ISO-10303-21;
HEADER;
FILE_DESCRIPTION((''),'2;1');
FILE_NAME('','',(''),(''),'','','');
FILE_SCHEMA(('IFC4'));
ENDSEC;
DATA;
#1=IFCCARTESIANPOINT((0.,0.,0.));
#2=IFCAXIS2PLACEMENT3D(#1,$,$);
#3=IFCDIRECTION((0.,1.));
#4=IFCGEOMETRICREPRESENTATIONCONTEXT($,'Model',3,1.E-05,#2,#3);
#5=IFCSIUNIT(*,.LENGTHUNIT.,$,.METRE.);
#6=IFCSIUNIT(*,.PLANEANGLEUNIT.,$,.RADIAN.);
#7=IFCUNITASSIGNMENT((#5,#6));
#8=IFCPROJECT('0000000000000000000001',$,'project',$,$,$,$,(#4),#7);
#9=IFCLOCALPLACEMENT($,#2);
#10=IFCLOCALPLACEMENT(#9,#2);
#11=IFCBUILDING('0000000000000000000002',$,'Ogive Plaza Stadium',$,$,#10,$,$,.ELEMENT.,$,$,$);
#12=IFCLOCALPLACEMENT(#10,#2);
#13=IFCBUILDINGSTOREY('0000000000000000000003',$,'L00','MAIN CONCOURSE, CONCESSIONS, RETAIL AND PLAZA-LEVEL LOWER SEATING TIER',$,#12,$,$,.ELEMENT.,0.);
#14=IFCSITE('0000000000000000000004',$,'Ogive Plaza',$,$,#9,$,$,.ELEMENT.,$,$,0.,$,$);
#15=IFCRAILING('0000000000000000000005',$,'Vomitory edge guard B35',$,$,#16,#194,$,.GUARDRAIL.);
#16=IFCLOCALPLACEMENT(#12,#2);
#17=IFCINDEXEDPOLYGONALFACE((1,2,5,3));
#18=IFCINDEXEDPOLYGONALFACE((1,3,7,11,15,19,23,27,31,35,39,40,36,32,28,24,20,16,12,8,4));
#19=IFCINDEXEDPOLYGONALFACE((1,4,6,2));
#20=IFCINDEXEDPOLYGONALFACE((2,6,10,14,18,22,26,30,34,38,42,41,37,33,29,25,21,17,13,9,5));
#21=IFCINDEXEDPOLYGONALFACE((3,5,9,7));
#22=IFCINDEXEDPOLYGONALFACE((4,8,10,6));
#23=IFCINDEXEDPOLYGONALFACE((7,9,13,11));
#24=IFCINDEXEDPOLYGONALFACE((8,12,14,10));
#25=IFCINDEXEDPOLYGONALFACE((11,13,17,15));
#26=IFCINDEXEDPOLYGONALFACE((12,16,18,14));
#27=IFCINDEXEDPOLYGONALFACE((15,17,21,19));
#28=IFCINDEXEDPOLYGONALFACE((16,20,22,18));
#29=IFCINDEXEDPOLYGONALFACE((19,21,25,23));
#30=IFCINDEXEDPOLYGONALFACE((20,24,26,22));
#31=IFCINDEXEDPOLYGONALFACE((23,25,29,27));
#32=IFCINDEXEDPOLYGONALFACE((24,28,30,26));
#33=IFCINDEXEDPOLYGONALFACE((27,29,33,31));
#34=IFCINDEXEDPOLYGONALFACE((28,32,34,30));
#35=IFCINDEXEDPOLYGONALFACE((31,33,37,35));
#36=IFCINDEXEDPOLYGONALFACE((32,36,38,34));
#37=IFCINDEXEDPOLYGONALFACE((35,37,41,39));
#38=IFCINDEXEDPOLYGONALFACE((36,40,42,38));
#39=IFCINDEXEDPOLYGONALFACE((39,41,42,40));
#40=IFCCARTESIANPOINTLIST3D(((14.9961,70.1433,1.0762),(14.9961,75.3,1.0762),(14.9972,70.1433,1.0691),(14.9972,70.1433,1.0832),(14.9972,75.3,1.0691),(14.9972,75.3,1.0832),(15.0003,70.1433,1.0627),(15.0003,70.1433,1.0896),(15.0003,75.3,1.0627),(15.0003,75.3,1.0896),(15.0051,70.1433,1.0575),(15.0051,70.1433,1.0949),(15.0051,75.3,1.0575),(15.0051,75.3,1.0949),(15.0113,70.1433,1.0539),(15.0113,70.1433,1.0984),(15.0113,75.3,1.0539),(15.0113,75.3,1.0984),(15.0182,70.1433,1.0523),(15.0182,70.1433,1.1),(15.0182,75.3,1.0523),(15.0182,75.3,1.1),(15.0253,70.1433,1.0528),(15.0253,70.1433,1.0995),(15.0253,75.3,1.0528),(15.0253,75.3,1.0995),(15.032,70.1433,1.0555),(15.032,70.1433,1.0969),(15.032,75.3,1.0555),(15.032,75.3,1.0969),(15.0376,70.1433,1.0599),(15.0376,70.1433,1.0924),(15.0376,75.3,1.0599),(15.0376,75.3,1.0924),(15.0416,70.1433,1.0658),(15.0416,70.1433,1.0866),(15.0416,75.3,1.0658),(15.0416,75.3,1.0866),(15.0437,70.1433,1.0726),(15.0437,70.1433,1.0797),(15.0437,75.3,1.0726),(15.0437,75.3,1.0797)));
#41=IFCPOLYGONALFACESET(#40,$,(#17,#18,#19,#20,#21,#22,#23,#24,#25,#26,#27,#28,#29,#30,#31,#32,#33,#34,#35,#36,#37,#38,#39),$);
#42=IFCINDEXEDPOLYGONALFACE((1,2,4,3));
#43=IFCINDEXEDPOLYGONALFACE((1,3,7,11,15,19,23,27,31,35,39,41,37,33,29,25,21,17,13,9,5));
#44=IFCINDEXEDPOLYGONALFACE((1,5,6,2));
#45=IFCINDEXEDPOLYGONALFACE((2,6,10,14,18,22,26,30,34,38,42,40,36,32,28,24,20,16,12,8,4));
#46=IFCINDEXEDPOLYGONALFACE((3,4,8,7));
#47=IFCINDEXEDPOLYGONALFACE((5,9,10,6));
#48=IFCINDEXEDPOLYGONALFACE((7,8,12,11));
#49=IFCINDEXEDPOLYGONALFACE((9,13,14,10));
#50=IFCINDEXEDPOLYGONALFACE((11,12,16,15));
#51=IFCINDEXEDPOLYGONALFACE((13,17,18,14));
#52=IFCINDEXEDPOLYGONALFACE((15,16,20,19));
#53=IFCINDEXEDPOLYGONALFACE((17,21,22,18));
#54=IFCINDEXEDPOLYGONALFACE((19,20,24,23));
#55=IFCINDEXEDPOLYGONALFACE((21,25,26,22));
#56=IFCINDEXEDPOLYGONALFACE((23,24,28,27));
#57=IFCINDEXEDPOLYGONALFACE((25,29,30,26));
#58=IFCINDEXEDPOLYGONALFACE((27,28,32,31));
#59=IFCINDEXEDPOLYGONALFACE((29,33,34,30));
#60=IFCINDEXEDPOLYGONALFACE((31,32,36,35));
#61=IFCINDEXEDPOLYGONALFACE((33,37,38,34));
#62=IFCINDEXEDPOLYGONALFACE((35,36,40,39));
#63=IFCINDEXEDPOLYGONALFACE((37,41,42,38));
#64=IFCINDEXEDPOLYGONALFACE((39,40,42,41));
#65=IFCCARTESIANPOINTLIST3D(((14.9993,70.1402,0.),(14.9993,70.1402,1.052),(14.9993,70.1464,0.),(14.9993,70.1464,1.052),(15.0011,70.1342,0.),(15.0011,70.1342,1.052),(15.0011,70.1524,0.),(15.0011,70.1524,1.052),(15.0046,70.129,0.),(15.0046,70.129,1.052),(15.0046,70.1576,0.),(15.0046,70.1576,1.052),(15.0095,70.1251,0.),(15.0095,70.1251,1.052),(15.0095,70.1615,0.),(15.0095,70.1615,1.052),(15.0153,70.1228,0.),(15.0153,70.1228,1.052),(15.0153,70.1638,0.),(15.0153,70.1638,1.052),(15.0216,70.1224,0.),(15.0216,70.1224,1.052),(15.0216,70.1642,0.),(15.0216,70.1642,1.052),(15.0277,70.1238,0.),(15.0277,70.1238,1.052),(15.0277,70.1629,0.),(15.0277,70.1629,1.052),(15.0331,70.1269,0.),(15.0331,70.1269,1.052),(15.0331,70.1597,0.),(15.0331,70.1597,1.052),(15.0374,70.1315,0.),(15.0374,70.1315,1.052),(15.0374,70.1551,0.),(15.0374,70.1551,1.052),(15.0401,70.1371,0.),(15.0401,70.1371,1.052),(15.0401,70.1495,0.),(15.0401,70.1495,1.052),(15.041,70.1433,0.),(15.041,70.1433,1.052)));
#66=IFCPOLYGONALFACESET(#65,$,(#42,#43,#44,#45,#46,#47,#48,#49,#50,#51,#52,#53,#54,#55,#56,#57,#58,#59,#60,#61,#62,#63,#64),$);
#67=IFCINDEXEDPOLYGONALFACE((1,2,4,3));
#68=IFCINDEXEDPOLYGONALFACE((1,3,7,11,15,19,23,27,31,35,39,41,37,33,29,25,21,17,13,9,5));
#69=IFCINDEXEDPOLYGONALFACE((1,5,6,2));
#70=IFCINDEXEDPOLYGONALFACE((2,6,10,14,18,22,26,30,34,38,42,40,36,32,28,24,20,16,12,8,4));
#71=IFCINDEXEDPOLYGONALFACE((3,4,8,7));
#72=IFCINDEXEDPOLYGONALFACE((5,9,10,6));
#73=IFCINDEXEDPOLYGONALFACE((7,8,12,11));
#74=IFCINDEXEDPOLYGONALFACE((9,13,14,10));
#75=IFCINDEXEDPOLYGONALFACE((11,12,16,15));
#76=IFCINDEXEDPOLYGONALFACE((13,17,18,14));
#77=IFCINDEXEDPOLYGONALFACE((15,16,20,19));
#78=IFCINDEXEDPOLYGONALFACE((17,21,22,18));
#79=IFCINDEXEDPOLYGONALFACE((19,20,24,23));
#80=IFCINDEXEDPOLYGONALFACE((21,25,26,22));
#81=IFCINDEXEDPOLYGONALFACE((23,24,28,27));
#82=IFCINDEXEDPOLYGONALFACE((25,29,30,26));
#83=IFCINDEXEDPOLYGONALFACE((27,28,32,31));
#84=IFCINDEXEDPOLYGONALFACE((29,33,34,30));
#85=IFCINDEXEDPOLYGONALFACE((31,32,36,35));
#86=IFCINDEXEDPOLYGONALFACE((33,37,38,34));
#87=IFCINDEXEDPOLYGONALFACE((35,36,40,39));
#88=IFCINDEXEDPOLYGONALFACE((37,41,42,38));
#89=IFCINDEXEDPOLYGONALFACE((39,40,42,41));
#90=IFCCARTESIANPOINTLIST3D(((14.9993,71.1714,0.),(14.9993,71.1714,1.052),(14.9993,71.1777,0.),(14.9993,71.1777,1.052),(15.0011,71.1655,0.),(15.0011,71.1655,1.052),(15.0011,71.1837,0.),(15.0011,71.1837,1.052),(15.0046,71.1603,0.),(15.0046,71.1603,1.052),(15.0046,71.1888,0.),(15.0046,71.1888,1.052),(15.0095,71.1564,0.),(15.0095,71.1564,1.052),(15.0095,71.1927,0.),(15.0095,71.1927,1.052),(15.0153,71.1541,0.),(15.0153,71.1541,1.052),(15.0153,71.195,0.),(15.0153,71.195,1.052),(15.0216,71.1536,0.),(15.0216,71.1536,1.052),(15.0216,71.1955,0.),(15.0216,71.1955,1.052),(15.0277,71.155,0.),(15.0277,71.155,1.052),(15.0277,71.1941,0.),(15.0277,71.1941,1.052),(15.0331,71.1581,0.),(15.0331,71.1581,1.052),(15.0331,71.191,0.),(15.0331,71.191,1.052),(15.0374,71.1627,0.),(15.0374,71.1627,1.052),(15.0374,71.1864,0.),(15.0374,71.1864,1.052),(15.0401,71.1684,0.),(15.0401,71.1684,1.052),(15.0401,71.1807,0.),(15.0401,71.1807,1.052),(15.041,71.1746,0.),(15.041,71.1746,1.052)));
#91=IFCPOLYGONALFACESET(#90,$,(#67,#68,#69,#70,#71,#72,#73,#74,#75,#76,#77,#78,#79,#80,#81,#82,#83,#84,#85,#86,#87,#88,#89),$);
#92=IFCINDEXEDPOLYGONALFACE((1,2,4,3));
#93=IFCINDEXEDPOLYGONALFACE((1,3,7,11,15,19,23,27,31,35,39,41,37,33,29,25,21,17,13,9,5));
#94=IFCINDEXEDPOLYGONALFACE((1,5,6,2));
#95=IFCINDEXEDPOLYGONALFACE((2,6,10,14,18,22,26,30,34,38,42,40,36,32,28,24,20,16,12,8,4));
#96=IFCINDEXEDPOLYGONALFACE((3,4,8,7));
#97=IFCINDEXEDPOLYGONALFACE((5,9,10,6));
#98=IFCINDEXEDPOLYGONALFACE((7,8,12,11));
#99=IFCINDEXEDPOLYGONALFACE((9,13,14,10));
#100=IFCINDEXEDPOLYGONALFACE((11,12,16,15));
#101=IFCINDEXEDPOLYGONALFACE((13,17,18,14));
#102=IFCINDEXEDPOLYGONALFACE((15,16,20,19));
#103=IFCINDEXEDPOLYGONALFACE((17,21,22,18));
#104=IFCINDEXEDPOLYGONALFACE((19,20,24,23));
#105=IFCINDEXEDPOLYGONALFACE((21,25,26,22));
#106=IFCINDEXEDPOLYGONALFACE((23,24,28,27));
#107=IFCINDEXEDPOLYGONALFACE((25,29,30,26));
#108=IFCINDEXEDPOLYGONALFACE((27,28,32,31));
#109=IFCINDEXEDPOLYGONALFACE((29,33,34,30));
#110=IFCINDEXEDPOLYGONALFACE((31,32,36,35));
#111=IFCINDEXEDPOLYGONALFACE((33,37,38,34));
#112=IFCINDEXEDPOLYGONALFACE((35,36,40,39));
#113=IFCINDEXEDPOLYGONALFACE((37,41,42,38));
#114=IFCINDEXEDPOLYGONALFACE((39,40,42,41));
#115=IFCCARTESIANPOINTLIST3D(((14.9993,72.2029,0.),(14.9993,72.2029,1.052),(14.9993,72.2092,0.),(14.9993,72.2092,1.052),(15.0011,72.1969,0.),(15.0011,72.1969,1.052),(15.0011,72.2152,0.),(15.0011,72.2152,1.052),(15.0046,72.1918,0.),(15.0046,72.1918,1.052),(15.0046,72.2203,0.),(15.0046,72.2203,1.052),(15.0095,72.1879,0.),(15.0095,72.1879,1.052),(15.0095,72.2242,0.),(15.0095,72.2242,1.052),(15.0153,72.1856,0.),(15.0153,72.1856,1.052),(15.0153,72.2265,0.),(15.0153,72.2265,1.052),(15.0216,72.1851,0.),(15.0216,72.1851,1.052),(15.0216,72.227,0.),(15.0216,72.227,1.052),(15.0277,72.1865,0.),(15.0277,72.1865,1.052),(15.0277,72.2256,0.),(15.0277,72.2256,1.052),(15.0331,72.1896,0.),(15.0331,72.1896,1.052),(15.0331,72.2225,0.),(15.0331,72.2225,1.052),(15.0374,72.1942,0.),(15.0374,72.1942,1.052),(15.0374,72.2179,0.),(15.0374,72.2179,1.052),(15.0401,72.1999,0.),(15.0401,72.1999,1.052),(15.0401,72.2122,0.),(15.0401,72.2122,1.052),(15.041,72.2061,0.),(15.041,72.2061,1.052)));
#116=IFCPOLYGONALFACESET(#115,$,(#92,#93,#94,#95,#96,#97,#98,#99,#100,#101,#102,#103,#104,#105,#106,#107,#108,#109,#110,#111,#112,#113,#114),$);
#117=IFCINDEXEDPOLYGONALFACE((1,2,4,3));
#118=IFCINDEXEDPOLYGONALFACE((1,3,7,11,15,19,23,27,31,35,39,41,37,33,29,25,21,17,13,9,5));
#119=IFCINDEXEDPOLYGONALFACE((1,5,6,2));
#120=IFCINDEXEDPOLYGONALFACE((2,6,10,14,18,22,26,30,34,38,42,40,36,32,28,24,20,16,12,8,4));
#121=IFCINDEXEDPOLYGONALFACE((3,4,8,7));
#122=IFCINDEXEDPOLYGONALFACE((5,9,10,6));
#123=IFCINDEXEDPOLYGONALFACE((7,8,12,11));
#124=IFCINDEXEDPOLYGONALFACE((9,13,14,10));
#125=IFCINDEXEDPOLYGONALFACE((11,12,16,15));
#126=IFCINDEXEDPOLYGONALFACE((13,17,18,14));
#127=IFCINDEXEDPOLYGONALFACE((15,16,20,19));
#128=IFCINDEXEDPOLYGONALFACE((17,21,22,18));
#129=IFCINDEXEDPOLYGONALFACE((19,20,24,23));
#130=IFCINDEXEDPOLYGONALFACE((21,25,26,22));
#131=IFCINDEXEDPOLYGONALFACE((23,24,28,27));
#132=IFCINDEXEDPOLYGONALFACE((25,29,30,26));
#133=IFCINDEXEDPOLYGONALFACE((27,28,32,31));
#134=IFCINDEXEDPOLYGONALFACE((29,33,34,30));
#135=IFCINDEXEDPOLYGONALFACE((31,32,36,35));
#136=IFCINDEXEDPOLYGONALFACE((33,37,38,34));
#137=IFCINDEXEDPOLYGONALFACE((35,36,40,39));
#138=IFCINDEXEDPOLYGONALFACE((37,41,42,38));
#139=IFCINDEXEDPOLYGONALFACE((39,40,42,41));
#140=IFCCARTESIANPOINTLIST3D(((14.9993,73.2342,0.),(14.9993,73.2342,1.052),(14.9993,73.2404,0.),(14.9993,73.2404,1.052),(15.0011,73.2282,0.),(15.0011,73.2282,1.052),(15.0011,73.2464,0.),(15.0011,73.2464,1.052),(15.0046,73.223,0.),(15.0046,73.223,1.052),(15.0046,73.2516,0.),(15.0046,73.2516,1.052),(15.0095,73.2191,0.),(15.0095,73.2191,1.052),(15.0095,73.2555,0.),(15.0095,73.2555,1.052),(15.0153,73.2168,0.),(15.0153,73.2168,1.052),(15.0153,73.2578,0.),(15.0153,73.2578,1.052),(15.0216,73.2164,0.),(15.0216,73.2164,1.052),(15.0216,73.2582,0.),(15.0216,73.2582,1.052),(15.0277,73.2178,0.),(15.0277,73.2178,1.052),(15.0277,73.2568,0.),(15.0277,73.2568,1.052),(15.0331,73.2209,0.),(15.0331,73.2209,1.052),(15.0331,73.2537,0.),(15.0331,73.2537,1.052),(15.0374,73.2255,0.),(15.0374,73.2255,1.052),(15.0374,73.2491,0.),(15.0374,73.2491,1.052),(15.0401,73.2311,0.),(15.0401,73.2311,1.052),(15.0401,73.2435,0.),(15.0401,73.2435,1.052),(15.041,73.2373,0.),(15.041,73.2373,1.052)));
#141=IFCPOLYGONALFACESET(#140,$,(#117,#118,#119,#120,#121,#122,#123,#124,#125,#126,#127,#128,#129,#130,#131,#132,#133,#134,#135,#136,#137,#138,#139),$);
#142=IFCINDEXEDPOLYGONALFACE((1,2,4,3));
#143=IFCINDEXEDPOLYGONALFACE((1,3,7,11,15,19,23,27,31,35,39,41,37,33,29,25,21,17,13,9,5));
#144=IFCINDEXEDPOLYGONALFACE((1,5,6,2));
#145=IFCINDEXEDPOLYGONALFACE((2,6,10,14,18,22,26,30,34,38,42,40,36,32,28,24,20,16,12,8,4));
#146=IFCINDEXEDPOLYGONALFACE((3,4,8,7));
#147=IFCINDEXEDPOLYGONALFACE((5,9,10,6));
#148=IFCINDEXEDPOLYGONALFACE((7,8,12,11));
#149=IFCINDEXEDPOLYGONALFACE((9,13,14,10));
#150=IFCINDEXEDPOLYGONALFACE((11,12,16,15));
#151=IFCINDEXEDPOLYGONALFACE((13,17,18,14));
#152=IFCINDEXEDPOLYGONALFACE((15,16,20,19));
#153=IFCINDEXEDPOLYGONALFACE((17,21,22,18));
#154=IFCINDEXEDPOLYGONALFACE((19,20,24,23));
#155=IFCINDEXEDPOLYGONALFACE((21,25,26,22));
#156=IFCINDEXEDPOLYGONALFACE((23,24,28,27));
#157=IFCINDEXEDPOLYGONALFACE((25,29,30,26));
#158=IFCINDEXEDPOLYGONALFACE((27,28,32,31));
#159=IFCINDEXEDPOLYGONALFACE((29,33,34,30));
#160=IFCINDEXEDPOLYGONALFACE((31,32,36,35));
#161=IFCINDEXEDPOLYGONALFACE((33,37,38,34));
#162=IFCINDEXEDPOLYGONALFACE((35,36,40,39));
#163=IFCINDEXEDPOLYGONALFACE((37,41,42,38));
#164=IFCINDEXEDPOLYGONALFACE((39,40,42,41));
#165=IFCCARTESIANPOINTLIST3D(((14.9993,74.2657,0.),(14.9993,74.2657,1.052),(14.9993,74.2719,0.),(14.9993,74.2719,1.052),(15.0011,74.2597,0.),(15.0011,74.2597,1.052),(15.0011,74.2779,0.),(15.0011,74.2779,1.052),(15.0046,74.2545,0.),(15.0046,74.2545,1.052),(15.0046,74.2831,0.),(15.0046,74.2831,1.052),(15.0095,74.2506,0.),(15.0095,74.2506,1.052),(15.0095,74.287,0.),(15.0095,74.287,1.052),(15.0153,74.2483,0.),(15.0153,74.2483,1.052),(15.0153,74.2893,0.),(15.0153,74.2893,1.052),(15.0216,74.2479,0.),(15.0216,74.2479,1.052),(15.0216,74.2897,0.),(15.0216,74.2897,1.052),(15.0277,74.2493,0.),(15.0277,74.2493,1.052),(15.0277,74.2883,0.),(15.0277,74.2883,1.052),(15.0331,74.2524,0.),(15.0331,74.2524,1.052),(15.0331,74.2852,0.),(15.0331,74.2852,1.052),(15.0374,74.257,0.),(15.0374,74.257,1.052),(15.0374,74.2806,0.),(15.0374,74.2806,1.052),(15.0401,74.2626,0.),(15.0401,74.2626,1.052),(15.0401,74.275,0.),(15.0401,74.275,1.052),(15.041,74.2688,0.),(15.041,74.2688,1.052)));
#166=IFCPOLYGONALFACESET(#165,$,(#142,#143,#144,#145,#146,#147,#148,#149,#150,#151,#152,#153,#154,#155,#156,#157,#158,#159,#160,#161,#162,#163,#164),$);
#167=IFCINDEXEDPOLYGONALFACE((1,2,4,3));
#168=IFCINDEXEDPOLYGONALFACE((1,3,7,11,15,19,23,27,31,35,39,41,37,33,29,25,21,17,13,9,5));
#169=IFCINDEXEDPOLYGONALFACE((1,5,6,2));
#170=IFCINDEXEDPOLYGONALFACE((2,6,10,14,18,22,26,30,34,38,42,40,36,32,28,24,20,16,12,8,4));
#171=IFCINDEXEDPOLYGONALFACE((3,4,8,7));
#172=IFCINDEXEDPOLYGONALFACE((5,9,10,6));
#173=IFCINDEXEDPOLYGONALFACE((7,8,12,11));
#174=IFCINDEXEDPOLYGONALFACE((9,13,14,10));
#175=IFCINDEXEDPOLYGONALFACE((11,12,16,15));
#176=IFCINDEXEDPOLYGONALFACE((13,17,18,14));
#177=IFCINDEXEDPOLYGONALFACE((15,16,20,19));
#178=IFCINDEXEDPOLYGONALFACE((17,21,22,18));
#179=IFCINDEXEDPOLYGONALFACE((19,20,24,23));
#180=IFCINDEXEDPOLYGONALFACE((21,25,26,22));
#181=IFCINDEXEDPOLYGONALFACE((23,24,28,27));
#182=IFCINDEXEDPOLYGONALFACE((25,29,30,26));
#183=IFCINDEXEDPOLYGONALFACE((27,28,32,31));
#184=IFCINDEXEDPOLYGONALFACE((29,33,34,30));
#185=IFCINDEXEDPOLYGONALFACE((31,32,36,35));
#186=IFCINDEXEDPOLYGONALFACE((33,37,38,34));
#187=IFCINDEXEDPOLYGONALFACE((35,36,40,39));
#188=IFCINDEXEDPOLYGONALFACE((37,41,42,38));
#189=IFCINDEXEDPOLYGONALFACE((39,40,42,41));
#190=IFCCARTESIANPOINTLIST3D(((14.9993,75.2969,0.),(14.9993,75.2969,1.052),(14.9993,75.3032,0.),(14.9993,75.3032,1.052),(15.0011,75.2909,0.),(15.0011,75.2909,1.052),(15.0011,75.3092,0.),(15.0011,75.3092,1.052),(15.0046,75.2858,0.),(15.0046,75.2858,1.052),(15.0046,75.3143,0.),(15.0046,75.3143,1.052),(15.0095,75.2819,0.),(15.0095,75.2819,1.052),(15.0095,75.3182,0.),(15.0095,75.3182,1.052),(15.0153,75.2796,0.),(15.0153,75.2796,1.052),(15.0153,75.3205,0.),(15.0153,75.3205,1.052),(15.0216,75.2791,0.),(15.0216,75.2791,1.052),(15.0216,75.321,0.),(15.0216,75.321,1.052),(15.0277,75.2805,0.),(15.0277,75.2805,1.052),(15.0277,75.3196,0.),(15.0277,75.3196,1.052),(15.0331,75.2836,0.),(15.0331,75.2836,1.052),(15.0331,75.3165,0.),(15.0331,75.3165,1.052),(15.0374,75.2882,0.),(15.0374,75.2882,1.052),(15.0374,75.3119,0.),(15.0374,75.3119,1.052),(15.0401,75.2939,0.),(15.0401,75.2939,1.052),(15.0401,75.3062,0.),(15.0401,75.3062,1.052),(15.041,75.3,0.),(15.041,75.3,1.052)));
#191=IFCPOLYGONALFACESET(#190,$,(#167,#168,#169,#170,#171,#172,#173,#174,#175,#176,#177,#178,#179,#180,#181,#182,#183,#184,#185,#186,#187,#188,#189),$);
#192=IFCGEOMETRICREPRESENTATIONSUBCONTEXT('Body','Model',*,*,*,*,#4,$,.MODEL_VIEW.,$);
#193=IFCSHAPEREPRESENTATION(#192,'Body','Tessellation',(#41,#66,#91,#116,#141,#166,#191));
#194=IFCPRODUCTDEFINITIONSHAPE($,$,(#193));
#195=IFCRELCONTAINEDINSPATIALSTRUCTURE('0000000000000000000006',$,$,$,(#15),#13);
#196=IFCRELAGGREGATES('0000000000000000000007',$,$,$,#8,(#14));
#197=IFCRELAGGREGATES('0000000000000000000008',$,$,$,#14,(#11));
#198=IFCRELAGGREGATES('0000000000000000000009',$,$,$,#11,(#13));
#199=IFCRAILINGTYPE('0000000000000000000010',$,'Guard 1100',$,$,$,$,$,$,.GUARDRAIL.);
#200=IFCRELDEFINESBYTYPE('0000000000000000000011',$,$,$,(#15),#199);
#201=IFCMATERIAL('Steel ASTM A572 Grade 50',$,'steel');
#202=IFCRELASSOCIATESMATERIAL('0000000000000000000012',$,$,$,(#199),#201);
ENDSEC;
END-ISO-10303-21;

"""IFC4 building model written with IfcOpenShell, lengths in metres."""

from ifc_helpers import new_model, si_unit, direction, frame, origin, origin_2d, place, context, subcontext, project, spatial, circle, extrude, material, type_object, element, save


model = new_model("IFC4")

# Units and contexts
model_context = context("Model", 3, precision=1e-05, world=origin(), true_north=direction((0.0, 1.0)))
body_context = subcontext(model_context, "Body", "Model", "MODEL_VIEW")
ifc_project = project(units=[si_unit("LENGTHUNIT", "METRE"), si_unit("PLANEANGLEUNIT", "RADIAN")], contexts=[model_context])

# Site, building, storey
site_placement = place(None, origin())
site = spatial("IfcSite", under=ifc_project, at=site_placement, Name="Ogive Plaza", CompositionType="ELEMENT", RefElevation=0.0)
building_placement = place(site_placement, origin())
building = spatial("IfcBuilding", under=site, at=building_placement, Name="Ogive Plaza Stadium", CompositionType="ELEMENT")
storey_placement = place(building_placement, origin())
storey = spatial("IfcBuildingStorey", under=building, at=storey_placement, Name="L00", Description="MAIN CONCOURSE, CONCESSIONS, RETAIL AND PLAZA-LEVEL LOWER SEATING TIER", CompositionType="ELEMENT", Elevation=0.0)

# Railing
ifc_material_1 = material(Name="Steel ASTM A572 Grade 50", Category="steel")
railing_type = type_object("IfcRailingType", Name="Guard 1100", PredefinedType="GUARDRAIL", material=ifc_material_1)
for number, where, name in (
    (1, (15.02, 70.1433, 0.0), "Vomitory edge guard B35"),
):
    element("IfcRailing", number, at=place(storey_placement, frame(where)), inside=storey, type_object=railing_type, Name=name, PredefinedType="GUARDRAIL", context=body_context, shape_type="SweptSolid", body=[
        extrude(circle(Radius=0.0239, at=origin_2d()), frame((0.0, 0.0, 1.0762), z_axis=(0.0, 1.0, 0.0), x_axis=(-1.0, 0.0, 0.0)), (0.0, 0.0, 1.0), 5.1567),
        extrude(circle(Radius=0.021, at=origin_2d()), origin(), (0.0, 0.0, 1.0), 1.052),
        extrude(circle(Radius=0.021, at=origin_2d()), frame((0.0, 1.0312, 0.0)), (0.0, 0.0, 1.0), 1.052),
        extrude(circle(Radius=0.021, at=origin_2d()), frame((0.0, 2.0627, 0.0)), (0.0, 0.0, 1.0), 1.052),
        extrude(circle(Radius=0.021, at=origin_2d()), frame((0.0, 3.094, 0.0)), (0.0, 0.0, 1.0), 1.052),
        extrude(circle(Radius=0.021, at=origin_2d()), frame((0.0, 4.1255, 0.0)), (0.0, 0.0, 1.0), 1.052),
        extrude(circle(Radius=0.021, at=origin_2d()), frame((0.0, 5.1567, 0.0)), (0.0, 0.0, 1.0), 1.052),
    ])

save(model, "model.ifc")
